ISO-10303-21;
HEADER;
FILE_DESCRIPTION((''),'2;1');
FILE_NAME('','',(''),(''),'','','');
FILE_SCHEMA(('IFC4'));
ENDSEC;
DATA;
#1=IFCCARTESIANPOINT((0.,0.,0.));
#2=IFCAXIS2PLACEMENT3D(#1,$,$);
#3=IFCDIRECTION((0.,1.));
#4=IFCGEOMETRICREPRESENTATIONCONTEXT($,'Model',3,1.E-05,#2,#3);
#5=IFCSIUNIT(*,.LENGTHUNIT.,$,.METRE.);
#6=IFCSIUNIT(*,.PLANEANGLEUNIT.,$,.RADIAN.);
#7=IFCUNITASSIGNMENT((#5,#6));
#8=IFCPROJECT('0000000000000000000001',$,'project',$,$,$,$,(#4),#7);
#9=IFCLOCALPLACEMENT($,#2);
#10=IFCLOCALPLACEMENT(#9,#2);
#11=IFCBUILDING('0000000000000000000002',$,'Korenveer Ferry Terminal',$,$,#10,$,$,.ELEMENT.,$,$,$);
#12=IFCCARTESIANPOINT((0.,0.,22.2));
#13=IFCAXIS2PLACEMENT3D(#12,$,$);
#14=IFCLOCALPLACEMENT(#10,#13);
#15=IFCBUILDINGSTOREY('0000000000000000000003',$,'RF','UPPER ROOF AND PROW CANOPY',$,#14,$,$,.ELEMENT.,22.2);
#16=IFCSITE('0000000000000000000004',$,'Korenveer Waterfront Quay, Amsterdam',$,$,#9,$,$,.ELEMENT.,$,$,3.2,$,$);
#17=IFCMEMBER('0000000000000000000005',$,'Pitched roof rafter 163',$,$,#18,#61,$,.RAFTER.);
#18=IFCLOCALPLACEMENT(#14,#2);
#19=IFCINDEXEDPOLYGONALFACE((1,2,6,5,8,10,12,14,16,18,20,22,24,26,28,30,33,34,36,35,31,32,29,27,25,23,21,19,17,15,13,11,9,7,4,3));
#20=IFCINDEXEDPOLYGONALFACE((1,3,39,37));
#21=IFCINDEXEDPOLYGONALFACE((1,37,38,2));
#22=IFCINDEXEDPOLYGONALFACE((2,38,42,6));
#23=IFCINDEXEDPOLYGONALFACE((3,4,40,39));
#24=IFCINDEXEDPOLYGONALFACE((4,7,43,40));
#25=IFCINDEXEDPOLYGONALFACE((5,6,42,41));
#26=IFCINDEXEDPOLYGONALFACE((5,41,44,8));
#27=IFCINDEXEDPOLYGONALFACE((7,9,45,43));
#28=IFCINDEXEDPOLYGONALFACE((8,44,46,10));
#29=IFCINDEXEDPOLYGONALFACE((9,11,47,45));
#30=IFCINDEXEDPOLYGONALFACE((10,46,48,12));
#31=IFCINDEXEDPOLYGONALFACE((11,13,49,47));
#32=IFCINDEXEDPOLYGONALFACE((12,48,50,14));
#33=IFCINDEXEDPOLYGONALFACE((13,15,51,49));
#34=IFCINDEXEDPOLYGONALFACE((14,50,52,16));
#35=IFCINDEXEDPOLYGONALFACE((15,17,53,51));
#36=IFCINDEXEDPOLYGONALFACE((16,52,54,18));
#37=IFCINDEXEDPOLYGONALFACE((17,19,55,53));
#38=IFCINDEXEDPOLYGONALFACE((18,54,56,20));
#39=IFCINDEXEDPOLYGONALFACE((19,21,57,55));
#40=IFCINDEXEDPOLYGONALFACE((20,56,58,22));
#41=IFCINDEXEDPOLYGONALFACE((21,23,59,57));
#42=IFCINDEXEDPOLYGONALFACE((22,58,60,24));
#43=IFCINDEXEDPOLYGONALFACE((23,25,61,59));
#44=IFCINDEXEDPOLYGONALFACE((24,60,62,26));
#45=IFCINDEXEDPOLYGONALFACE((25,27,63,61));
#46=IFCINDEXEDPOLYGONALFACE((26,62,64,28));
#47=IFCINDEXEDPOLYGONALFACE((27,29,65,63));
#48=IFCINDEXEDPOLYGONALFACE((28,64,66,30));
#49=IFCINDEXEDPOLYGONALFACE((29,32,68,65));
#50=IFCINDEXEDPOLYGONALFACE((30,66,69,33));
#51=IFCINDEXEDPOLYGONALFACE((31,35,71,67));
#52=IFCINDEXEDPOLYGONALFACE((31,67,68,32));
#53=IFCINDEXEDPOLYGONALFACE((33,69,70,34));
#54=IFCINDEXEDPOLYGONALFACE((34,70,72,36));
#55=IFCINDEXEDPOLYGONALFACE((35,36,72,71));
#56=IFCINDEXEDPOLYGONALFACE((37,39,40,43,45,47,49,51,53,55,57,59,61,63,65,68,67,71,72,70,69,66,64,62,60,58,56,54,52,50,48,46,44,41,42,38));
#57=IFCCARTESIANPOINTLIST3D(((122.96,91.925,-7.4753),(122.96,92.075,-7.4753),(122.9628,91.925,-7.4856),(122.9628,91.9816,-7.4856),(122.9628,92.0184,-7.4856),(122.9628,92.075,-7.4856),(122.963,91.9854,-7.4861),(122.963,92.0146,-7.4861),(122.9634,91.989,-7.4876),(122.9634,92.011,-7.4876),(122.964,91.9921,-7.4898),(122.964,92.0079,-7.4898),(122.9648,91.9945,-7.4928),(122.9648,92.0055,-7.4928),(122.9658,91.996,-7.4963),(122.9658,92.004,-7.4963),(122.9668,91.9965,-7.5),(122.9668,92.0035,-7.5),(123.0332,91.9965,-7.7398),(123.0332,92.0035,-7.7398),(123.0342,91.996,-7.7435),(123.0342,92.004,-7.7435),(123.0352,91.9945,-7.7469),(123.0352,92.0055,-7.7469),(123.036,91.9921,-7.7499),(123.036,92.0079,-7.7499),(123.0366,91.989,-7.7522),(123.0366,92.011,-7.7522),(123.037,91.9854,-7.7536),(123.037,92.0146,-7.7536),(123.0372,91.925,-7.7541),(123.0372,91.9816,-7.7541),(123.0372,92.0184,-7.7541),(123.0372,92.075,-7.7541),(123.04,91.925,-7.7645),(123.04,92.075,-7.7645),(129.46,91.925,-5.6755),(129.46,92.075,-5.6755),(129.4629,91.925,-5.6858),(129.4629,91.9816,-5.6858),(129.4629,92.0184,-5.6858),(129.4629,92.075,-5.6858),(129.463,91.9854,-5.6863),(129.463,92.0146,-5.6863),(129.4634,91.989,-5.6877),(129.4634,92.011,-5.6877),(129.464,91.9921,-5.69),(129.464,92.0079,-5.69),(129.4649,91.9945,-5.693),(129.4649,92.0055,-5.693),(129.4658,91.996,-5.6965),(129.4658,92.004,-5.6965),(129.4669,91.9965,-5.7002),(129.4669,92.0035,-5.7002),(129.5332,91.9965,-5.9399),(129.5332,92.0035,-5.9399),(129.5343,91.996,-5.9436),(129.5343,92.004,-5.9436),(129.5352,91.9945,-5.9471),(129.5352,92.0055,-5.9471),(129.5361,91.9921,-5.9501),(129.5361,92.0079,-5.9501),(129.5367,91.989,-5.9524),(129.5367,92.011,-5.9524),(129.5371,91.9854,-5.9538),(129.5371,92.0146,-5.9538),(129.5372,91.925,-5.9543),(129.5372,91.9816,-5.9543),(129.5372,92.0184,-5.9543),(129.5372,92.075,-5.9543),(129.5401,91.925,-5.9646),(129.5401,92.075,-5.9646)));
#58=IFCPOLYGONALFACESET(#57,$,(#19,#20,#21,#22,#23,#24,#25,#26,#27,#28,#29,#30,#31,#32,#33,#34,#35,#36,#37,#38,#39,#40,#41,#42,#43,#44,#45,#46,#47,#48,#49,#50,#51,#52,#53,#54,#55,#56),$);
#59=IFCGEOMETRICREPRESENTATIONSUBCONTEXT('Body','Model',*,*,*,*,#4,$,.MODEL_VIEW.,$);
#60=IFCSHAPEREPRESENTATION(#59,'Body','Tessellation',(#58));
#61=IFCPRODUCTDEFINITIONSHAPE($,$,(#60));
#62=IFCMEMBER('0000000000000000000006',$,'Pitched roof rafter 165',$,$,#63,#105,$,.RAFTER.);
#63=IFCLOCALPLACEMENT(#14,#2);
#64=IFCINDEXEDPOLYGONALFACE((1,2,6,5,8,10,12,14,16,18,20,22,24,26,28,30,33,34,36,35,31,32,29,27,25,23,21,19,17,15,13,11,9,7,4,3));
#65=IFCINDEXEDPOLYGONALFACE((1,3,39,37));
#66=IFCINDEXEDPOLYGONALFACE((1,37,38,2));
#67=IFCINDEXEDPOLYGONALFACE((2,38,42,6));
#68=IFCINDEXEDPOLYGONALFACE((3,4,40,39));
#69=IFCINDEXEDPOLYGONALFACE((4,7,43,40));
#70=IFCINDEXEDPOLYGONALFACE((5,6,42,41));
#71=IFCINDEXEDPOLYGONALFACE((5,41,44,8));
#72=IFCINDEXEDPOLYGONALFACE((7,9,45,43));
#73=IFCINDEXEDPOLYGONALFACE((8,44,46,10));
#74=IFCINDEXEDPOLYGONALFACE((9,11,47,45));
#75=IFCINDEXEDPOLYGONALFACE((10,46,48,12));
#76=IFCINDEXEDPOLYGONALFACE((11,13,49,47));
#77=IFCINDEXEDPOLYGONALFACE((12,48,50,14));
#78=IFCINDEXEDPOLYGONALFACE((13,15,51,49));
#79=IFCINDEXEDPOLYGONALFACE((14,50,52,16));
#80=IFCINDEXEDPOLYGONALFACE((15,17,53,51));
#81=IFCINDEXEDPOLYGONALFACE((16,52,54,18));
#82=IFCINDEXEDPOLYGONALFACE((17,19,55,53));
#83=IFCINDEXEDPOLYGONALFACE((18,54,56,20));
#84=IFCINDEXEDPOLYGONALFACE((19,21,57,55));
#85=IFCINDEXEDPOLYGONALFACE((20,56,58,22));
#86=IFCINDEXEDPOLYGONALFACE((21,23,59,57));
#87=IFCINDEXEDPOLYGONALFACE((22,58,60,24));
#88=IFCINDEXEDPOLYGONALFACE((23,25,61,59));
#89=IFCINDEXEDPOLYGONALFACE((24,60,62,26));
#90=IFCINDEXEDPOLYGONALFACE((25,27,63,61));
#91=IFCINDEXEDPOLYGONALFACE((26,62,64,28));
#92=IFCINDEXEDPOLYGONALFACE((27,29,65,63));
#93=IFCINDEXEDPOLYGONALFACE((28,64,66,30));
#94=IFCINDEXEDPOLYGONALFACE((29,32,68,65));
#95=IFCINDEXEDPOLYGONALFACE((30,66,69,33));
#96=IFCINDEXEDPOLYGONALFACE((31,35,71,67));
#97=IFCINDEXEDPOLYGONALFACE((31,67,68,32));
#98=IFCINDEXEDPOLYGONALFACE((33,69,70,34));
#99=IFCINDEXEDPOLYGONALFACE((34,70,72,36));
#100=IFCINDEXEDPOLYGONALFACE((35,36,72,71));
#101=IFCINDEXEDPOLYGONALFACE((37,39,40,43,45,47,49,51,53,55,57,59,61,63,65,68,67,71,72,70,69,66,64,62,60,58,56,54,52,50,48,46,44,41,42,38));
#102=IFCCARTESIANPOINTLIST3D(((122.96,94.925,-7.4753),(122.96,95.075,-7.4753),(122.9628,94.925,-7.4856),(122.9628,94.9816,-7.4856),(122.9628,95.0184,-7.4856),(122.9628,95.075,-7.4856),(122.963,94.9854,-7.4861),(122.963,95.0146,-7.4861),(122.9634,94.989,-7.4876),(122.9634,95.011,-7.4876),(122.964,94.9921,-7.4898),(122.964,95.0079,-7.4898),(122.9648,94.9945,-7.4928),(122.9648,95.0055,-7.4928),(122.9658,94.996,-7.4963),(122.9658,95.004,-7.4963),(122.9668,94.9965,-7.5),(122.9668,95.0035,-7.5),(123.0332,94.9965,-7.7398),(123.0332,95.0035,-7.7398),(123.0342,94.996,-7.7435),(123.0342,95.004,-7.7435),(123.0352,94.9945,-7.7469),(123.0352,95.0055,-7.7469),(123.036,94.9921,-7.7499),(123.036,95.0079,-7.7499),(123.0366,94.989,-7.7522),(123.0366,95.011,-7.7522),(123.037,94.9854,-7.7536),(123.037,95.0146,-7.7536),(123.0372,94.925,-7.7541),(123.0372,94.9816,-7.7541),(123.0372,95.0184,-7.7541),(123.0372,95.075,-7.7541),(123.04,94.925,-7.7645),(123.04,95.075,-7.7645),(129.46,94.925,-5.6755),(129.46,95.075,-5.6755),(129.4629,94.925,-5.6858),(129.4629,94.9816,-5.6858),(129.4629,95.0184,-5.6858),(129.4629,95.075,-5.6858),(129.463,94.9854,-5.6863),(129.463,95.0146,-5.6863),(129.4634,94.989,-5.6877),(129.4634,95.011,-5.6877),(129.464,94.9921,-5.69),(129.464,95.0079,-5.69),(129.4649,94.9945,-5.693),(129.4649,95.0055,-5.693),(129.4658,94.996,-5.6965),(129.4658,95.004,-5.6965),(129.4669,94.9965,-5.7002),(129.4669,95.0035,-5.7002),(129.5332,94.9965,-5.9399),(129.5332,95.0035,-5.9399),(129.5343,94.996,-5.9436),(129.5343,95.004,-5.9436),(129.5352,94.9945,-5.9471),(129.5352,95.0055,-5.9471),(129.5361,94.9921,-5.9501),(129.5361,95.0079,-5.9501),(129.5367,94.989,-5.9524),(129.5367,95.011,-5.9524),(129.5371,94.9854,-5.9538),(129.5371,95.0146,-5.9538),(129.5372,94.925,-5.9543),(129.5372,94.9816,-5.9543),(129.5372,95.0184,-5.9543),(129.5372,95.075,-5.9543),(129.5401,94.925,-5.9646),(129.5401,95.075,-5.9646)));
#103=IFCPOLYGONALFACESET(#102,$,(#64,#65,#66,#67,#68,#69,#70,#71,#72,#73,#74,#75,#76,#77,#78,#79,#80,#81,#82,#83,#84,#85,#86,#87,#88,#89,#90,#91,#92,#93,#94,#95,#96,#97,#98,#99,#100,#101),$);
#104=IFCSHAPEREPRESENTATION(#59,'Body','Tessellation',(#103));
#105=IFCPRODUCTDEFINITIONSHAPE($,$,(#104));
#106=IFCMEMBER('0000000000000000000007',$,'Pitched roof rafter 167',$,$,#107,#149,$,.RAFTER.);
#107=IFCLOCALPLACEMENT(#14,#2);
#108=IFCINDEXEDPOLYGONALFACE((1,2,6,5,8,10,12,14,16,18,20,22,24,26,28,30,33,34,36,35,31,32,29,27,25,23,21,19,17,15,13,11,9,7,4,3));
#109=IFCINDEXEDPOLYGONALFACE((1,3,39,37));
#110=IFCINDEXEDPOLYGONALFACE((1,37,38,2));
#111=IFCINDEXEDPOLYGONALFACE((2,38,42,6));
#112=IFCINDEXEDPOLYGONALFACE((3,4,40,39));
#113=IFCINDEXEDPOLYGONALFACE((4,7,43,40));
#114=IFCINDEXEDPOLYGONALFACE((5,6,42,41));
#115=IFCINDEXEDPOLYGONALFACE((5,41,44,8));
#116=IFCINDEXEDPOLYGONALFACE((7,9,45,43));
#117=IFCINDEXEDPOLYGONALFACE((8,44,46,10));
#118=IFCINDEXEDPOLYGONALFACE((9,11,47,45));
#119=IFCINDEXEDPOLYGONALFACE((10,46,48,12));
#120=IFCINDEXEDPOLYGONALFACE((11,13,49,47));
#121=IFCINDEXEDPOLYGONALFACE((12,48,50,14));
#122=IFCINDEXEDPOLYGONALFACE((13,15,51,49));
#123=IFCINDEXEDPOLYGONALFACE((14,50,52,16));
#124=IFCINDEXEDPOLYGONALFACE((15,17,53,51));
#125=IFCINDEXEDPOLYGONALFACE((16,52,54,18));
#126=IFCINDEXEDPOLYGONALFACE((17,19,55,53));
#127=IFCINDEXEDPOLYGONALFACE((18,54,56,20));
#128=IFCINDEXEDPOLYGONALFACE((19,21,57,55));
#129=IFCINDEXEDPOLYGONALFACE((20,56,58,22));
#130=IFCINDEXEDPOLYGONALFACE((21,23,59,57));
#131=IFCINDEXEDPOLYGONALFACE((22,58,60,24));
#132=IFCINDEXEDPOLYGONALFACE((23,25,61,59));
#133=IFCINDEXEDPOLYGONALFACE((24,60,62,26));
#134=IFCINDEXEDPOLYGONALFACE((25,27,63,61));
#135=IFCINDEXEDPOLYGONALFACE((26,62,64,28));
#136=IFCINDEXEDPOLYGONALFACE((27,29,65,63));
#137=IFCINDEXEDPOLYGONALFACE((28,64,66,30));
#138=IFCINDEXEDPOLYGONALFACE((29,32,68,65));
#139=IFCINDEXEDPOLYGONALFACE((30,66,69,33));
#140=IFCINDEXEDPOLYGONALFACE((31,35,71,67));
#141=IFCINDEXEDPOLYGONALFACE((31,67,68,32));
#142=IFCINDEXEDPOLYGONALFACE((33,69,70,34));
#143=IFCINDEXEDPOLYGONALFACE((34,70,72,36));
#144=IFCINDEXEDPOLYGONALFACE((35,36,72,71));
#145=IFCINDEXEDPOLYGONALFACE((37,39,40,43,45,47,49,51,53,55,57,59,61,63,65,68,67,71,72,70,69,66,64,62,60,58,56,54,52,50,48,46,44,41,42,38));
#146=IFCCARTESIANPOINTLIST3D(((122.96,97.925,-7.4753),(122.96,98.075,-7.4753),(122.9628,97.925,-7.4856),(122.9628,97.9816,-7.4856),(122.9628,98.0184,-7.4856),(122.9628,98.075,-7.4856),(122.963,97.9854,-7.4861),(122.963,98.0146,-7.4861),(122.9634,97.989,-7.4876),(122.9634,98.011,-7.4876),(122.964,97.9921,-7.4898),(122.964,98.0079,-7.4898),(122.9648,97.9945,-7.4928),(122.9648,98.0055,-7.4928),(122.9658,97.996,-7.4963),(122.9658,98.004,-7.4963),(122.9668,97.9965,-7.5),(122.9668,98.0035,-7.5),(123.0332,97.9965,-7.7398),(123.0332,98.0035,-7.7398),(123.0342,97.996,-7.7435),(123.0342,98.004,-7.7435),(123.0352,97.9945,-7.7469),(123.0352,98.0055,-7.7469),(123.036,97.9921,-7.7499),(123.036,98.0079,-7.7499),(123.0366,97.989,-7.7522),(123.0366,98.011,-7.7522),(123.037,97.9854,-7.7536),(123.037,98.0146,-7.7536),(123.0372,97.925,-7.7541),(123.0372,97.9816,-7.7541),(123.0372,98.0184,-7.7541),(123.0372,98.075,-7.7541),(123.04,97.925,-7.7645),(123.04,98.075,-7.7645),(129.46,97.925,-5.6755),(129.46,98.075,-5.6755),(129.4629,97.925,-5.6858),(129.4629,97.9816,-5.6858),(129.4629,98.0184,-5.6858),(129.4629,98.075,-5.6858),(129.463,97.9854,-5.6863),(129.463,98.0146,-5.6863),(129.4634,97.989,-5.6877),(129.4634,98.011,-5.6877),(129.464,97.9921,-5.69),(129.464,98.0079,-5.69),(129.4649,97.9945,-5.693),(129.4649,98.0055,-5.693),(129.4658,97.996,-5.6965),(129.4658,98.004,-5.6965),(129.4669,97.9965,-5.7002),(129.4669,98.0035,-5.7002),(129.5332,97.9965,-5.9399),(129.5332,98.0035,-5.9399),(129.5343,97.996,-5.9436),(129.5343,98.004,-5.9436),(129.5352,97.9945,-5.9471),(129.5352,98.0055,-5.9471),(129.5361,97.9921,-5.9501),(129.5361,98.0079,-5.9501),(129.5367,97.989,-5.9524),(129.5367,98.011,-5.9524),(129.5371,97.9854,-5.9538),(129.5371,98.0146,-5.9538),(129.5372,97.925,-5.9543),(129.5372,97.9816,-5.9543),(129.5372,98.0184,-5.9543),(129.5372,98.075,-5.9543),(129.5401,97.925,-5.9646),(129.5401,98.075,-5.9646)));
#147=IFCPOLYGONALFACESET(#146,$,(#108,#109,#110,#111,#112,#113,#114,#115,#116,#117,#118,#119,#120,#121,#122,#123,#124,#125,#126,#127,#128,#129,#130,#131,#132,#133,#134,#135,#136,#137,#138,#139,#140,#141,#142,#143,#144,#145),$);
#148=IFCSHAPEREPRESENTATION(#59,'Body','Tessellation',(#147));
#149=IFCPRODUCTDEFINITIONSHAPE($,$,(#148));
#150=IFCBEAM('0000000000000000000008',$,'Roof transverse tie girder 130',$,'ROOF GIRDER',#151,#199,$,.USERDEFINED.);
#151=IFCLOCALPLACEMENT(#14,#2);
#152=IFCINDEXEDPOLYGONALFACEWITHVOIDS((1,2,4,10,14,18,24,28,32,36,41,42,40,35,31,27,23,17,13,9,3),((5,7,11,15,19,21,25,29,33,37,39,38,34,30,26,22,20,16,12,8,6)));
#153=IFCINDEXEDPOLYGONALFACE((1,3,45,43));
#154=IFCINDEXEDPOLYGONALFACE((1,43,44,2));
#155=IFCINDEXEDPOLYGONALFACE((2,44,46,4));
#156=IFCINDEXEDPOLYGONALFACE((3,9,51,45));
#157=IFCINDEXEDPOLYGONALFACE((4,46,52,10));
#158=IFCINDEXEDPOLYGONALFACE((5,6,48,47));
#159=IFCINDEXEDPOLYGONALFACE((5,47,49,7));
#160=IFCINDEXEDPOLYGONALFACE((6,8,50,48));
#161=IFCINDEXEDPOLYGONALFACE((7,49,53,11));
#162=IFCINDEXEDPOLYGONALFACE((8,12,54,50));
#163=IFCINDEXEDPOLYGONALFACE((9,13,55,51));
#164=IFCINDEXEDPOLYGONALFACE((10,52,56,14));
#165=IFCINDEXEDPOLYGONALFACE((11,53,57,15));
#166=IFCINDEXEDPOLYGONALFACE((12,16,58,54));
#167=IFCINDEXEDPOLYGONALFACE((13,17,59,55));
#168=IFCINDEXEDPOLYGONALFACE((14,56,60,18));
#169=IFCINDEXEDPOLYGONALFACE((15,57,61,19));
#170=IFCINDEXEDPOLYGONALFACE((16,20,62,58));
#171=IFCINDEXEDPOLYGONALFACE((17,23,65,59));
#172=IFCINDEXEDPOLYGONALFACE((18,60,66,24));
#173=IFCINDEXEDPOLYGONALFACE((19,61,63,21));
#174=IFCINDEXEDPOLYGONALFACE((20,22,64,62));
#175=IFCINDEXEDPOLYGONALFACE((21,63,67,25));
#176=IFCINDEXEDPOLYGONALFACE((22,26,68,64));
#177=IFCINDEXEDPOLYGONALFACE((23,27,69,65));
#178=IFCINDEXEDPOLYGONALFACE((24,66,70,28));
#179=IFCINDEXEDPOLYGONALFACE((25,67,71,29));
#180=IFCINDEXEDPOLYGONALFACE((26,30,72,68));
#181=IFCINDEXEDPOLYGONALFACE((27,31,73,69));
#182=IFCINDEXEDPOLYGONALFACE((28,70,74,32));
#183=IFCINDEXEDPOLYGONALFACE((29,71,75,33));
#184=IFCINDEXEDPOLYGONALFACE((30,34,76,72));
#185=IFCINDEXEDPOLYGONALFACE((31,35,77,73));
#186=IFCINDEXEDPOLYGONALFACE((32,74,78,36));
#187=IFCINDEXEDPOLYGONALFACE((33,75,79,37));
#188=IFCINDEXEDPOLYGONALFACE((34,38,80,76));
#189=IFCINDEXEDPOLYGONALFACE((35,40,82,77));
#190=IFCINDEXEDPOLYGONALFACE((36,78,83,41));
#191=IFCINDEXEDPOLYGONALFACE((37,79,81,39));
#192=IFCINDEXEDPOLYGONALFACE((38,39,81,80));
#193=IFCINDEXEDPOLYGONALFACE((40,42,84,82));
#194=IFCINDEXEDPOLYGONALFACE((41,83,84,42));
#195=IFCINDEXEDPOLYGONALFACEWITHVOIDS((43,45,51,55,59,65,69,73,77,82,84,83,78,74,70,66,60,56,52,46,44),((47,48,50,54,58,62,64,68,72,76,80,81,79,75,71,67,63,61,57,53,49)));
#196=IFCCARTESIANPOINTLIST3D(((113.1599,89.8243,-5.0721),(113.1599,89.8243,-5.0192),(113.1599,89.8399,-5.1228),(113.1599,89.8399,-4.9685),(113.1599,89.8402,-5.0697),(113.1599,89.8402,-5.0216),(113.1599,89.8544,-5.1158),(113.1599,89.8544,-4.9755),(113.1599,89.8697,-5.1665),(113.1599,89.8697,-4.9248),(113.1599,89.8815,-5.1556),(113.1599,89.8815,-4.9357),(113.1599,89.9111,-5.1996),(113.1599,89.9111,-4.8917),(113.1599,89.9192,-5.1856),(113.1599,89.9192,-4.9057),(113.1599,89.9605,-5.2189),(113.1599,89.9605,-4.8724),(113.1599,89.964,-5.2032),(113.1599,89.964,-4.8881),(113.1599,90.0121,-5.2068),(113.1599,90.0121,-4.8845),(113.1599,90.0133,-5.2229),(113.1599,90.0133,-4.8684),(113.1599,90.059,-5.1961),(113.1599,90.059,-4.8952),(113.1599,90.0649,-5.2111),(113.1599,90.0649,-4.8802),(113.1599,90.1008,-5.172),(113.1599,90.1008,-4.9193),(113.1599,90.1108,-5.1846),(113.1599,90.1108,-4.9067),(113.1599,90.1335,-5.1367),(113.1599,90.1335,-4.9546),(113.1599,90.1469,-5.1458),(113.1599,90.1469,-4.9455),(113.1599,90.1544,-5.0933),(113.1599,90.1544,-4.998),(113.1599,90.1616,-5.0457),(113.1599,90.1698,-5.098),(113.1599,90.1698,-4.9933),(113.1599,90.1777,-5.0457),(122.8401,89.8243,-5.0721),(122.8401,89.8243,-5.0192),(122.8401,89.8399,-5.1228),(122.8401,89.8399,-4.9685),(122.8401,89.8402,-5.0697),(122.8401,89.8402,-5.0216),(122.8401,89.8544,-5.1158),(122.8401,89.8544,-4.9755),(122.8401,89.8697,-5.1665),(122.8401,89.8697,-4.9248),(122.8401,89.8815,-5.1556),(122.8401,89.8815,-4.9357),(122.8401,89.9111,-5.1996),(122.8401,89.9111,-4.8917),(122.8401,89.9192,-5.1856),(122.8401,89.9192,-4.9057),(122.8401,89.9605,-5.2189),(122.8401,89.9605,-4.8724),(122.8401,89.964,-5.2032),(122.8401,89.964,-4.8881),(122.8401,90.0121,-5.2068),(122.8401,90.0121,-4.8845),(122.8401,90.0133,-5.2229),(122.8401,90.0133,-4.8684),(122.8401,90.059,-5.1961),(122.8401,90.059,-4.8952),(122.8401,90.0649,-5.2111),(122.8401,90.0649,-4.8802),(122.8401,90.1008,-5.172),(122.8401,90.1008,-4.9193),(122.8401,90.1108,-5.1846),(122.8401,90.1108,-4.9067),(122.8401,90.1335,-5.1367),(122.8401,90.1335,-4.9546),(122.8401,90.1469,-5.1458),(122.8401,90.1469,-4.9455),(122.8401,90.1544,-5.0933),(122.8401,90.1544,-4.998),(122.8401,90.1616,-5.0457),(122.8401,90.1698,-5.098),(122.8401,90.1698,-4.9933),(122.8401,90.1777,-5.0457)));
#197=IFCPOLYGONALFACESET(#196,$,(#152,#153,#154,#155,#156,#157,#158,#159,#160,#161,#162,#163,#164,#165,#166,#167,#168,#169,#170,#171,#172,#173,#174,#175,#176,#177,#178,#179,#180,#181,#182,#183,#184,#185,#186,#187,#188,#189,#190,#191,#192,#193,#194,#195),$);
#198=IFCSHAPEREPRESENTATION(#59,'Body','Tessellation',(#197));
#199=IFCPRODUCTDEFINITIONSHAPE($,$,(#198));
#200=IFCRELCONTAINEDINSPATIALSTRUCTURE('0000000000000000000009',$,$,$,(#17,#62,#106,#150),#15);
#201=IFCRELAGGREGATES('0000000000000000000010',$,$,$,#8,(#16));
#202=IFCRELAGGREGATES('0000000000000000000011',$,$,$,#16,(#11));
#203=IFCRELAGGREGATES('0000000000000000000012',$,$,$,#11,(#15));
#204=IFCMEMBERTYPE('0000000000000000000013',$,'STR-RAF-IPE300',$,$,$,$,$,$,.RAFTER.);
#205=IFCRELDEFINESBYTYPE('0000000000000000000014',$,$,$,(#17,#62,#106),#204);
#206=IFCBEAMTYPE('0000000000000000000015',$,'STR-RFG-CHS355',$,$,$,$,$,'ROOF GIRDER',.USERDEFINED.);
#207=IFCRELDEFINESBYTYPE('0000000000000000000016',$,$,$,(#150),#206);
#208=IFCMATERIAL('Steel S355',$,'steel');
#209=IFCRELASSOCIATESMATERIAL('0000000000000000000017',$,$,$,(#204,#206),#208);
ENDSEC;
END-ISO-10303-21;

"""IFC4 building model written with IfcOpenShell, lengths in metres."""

from ifc_helpers import new_model, si_unit, direction, frame, origin, origin_2d, place, context, subcontext, project, spatial, hollow_circle, i_section, extrude, material, material_profile, profile_set, type_object, element, save


model = new_model("IFC4")

# Units and contexts
model_context = context("Model", 3, precision=1e-05, world=origin(), true_north=direction((0.0, 1.0)))
body_context = subcontext(model_context, "Body", "Model", "MODEL_VIEW")
ifc_project = project(units=[si_unit("LENGTHUNIT", "METRE"), si_unit("PLANEANGLEUNIT", "RADIAN")], contexts=[model_context])

# Site, building, storey
site_placement = place(None, origin())
site = spatial("IfcSite", under=ifc_project, at=site_placement, Name="Korenveer Waterfront Quay, Amsterdam", CompositionType="ELEMENT", RefElevation=3.2)
building_placement = place(site_placement, origin())
building = spatial("IfcBuilding", under=site, at=building_placement, Name="Korenveer Ferry Terminal", CompositionType="ELEMENT")
storey_placement = place(building_placement, frame((0.0, 0.0, 22.2)))
storey = spatial("IfcBuildingStorey", under=building, at=storey_placement, Name="RF", Description="UPPER ROOF AND PROW CANOPY", CompositionType="ELEMENT", Elevation=22.2)

# Shared definitions
ifc_material_1 = material(Name="Steel S355", Category="steel")

# Members
ifc_material_profile_1 = material_profile(ifc_material_1, i_section(OverallWidth=0.1499, OverallDepth=0.3, WebThickness=0.0071, FlangeThickness=0.0107, FilletRadius=0.0149, at=origin_2d()), Name="IPE 300")
ifc_profile_set_1 = profile_set([ifc_material_profile_1], Name="Steel S355")
member_type_1 = type_object("IfcMemberType", Name="STR-RAF-IPE300", PredefinedType="RAFTER", material=ifc_profile_set_1)
for number, where, z_axis, x_axis, name in (
    (1, (123.0, 92.0, -7.6199), (0.963737, 0.0, 0.266852), (0.0, 1.0, 0.0), "Pitched roof rafter 163"),
    (2, (123.0, 95.0, -7.6199), (0.963737, 0.0, 0.266852), (0.0, 1.0, 0.0), "Pitched roof rafter 165"),
    (3, (123.0, 98.0, -7.6199), (0.963737, 0.0, 0.266852), (0.0, 1.0, 0.0), "Pitched roof rafter 167"),
):
    element("IfcMember", number, at=place(storey_placement, frame(where, z_axis=z_axis, x_axis=x_axis)), inside=storey, type_object=member_type_1, Name=name, PredefinedType="RAFTER", context=body_context, shape_type="SweptSolid", body=[
        extrude(i_section(OverallWidth=0.1499, OverallDepth=0.3, WebThickness=0.0071, FlangeThickness=0.0107, FilletRadius=0.0149, at=origin_2d()), origin(), (0.0, 0.0, 1.0), 6.7446),
    ])

# Beam
ifc_material_profile_2 = material_profile(ifc_material_1, hollow_circle(Radius=0.1777, WallThickness=0.0161, at=origin_2d()), Name="CHS 355.6x16")
ifc_profile_set_2 = profile_set([ifc_material_profile_2], Name="Steel S355")
beam_type_1 = type_object("IfcBeamType", Name="STR-RFG-CHS355", ElementType="ROOF GIRDER", PredefinedType="USERDEFINED", material=ifc_profile_set_2)
beam_1_placement = place(storey_placement, frame((113.1599, 90.0, -5.0457), z_axis=(1.0, 0.0, 0.0), x_axis=(0.0, 1.0, 0.0)))
element("IfcBeam", 4, at=beam_1_placement, inside=storey, type_object=beam_type_1, Name="Roof transverse tie girder 130", ObjectType="ROOF GIRDER", PredefinedType="USERDEFINED", context=body_context, shape_type="SweptSolid", body=[
    extrude(hollow_circle(Radius=0.1777, WallThickness=0.0161, at=origin_2d()), origin(), (0.0, 0.0, 1.0), 9.6802),
])

save(model, "model.ifc")
